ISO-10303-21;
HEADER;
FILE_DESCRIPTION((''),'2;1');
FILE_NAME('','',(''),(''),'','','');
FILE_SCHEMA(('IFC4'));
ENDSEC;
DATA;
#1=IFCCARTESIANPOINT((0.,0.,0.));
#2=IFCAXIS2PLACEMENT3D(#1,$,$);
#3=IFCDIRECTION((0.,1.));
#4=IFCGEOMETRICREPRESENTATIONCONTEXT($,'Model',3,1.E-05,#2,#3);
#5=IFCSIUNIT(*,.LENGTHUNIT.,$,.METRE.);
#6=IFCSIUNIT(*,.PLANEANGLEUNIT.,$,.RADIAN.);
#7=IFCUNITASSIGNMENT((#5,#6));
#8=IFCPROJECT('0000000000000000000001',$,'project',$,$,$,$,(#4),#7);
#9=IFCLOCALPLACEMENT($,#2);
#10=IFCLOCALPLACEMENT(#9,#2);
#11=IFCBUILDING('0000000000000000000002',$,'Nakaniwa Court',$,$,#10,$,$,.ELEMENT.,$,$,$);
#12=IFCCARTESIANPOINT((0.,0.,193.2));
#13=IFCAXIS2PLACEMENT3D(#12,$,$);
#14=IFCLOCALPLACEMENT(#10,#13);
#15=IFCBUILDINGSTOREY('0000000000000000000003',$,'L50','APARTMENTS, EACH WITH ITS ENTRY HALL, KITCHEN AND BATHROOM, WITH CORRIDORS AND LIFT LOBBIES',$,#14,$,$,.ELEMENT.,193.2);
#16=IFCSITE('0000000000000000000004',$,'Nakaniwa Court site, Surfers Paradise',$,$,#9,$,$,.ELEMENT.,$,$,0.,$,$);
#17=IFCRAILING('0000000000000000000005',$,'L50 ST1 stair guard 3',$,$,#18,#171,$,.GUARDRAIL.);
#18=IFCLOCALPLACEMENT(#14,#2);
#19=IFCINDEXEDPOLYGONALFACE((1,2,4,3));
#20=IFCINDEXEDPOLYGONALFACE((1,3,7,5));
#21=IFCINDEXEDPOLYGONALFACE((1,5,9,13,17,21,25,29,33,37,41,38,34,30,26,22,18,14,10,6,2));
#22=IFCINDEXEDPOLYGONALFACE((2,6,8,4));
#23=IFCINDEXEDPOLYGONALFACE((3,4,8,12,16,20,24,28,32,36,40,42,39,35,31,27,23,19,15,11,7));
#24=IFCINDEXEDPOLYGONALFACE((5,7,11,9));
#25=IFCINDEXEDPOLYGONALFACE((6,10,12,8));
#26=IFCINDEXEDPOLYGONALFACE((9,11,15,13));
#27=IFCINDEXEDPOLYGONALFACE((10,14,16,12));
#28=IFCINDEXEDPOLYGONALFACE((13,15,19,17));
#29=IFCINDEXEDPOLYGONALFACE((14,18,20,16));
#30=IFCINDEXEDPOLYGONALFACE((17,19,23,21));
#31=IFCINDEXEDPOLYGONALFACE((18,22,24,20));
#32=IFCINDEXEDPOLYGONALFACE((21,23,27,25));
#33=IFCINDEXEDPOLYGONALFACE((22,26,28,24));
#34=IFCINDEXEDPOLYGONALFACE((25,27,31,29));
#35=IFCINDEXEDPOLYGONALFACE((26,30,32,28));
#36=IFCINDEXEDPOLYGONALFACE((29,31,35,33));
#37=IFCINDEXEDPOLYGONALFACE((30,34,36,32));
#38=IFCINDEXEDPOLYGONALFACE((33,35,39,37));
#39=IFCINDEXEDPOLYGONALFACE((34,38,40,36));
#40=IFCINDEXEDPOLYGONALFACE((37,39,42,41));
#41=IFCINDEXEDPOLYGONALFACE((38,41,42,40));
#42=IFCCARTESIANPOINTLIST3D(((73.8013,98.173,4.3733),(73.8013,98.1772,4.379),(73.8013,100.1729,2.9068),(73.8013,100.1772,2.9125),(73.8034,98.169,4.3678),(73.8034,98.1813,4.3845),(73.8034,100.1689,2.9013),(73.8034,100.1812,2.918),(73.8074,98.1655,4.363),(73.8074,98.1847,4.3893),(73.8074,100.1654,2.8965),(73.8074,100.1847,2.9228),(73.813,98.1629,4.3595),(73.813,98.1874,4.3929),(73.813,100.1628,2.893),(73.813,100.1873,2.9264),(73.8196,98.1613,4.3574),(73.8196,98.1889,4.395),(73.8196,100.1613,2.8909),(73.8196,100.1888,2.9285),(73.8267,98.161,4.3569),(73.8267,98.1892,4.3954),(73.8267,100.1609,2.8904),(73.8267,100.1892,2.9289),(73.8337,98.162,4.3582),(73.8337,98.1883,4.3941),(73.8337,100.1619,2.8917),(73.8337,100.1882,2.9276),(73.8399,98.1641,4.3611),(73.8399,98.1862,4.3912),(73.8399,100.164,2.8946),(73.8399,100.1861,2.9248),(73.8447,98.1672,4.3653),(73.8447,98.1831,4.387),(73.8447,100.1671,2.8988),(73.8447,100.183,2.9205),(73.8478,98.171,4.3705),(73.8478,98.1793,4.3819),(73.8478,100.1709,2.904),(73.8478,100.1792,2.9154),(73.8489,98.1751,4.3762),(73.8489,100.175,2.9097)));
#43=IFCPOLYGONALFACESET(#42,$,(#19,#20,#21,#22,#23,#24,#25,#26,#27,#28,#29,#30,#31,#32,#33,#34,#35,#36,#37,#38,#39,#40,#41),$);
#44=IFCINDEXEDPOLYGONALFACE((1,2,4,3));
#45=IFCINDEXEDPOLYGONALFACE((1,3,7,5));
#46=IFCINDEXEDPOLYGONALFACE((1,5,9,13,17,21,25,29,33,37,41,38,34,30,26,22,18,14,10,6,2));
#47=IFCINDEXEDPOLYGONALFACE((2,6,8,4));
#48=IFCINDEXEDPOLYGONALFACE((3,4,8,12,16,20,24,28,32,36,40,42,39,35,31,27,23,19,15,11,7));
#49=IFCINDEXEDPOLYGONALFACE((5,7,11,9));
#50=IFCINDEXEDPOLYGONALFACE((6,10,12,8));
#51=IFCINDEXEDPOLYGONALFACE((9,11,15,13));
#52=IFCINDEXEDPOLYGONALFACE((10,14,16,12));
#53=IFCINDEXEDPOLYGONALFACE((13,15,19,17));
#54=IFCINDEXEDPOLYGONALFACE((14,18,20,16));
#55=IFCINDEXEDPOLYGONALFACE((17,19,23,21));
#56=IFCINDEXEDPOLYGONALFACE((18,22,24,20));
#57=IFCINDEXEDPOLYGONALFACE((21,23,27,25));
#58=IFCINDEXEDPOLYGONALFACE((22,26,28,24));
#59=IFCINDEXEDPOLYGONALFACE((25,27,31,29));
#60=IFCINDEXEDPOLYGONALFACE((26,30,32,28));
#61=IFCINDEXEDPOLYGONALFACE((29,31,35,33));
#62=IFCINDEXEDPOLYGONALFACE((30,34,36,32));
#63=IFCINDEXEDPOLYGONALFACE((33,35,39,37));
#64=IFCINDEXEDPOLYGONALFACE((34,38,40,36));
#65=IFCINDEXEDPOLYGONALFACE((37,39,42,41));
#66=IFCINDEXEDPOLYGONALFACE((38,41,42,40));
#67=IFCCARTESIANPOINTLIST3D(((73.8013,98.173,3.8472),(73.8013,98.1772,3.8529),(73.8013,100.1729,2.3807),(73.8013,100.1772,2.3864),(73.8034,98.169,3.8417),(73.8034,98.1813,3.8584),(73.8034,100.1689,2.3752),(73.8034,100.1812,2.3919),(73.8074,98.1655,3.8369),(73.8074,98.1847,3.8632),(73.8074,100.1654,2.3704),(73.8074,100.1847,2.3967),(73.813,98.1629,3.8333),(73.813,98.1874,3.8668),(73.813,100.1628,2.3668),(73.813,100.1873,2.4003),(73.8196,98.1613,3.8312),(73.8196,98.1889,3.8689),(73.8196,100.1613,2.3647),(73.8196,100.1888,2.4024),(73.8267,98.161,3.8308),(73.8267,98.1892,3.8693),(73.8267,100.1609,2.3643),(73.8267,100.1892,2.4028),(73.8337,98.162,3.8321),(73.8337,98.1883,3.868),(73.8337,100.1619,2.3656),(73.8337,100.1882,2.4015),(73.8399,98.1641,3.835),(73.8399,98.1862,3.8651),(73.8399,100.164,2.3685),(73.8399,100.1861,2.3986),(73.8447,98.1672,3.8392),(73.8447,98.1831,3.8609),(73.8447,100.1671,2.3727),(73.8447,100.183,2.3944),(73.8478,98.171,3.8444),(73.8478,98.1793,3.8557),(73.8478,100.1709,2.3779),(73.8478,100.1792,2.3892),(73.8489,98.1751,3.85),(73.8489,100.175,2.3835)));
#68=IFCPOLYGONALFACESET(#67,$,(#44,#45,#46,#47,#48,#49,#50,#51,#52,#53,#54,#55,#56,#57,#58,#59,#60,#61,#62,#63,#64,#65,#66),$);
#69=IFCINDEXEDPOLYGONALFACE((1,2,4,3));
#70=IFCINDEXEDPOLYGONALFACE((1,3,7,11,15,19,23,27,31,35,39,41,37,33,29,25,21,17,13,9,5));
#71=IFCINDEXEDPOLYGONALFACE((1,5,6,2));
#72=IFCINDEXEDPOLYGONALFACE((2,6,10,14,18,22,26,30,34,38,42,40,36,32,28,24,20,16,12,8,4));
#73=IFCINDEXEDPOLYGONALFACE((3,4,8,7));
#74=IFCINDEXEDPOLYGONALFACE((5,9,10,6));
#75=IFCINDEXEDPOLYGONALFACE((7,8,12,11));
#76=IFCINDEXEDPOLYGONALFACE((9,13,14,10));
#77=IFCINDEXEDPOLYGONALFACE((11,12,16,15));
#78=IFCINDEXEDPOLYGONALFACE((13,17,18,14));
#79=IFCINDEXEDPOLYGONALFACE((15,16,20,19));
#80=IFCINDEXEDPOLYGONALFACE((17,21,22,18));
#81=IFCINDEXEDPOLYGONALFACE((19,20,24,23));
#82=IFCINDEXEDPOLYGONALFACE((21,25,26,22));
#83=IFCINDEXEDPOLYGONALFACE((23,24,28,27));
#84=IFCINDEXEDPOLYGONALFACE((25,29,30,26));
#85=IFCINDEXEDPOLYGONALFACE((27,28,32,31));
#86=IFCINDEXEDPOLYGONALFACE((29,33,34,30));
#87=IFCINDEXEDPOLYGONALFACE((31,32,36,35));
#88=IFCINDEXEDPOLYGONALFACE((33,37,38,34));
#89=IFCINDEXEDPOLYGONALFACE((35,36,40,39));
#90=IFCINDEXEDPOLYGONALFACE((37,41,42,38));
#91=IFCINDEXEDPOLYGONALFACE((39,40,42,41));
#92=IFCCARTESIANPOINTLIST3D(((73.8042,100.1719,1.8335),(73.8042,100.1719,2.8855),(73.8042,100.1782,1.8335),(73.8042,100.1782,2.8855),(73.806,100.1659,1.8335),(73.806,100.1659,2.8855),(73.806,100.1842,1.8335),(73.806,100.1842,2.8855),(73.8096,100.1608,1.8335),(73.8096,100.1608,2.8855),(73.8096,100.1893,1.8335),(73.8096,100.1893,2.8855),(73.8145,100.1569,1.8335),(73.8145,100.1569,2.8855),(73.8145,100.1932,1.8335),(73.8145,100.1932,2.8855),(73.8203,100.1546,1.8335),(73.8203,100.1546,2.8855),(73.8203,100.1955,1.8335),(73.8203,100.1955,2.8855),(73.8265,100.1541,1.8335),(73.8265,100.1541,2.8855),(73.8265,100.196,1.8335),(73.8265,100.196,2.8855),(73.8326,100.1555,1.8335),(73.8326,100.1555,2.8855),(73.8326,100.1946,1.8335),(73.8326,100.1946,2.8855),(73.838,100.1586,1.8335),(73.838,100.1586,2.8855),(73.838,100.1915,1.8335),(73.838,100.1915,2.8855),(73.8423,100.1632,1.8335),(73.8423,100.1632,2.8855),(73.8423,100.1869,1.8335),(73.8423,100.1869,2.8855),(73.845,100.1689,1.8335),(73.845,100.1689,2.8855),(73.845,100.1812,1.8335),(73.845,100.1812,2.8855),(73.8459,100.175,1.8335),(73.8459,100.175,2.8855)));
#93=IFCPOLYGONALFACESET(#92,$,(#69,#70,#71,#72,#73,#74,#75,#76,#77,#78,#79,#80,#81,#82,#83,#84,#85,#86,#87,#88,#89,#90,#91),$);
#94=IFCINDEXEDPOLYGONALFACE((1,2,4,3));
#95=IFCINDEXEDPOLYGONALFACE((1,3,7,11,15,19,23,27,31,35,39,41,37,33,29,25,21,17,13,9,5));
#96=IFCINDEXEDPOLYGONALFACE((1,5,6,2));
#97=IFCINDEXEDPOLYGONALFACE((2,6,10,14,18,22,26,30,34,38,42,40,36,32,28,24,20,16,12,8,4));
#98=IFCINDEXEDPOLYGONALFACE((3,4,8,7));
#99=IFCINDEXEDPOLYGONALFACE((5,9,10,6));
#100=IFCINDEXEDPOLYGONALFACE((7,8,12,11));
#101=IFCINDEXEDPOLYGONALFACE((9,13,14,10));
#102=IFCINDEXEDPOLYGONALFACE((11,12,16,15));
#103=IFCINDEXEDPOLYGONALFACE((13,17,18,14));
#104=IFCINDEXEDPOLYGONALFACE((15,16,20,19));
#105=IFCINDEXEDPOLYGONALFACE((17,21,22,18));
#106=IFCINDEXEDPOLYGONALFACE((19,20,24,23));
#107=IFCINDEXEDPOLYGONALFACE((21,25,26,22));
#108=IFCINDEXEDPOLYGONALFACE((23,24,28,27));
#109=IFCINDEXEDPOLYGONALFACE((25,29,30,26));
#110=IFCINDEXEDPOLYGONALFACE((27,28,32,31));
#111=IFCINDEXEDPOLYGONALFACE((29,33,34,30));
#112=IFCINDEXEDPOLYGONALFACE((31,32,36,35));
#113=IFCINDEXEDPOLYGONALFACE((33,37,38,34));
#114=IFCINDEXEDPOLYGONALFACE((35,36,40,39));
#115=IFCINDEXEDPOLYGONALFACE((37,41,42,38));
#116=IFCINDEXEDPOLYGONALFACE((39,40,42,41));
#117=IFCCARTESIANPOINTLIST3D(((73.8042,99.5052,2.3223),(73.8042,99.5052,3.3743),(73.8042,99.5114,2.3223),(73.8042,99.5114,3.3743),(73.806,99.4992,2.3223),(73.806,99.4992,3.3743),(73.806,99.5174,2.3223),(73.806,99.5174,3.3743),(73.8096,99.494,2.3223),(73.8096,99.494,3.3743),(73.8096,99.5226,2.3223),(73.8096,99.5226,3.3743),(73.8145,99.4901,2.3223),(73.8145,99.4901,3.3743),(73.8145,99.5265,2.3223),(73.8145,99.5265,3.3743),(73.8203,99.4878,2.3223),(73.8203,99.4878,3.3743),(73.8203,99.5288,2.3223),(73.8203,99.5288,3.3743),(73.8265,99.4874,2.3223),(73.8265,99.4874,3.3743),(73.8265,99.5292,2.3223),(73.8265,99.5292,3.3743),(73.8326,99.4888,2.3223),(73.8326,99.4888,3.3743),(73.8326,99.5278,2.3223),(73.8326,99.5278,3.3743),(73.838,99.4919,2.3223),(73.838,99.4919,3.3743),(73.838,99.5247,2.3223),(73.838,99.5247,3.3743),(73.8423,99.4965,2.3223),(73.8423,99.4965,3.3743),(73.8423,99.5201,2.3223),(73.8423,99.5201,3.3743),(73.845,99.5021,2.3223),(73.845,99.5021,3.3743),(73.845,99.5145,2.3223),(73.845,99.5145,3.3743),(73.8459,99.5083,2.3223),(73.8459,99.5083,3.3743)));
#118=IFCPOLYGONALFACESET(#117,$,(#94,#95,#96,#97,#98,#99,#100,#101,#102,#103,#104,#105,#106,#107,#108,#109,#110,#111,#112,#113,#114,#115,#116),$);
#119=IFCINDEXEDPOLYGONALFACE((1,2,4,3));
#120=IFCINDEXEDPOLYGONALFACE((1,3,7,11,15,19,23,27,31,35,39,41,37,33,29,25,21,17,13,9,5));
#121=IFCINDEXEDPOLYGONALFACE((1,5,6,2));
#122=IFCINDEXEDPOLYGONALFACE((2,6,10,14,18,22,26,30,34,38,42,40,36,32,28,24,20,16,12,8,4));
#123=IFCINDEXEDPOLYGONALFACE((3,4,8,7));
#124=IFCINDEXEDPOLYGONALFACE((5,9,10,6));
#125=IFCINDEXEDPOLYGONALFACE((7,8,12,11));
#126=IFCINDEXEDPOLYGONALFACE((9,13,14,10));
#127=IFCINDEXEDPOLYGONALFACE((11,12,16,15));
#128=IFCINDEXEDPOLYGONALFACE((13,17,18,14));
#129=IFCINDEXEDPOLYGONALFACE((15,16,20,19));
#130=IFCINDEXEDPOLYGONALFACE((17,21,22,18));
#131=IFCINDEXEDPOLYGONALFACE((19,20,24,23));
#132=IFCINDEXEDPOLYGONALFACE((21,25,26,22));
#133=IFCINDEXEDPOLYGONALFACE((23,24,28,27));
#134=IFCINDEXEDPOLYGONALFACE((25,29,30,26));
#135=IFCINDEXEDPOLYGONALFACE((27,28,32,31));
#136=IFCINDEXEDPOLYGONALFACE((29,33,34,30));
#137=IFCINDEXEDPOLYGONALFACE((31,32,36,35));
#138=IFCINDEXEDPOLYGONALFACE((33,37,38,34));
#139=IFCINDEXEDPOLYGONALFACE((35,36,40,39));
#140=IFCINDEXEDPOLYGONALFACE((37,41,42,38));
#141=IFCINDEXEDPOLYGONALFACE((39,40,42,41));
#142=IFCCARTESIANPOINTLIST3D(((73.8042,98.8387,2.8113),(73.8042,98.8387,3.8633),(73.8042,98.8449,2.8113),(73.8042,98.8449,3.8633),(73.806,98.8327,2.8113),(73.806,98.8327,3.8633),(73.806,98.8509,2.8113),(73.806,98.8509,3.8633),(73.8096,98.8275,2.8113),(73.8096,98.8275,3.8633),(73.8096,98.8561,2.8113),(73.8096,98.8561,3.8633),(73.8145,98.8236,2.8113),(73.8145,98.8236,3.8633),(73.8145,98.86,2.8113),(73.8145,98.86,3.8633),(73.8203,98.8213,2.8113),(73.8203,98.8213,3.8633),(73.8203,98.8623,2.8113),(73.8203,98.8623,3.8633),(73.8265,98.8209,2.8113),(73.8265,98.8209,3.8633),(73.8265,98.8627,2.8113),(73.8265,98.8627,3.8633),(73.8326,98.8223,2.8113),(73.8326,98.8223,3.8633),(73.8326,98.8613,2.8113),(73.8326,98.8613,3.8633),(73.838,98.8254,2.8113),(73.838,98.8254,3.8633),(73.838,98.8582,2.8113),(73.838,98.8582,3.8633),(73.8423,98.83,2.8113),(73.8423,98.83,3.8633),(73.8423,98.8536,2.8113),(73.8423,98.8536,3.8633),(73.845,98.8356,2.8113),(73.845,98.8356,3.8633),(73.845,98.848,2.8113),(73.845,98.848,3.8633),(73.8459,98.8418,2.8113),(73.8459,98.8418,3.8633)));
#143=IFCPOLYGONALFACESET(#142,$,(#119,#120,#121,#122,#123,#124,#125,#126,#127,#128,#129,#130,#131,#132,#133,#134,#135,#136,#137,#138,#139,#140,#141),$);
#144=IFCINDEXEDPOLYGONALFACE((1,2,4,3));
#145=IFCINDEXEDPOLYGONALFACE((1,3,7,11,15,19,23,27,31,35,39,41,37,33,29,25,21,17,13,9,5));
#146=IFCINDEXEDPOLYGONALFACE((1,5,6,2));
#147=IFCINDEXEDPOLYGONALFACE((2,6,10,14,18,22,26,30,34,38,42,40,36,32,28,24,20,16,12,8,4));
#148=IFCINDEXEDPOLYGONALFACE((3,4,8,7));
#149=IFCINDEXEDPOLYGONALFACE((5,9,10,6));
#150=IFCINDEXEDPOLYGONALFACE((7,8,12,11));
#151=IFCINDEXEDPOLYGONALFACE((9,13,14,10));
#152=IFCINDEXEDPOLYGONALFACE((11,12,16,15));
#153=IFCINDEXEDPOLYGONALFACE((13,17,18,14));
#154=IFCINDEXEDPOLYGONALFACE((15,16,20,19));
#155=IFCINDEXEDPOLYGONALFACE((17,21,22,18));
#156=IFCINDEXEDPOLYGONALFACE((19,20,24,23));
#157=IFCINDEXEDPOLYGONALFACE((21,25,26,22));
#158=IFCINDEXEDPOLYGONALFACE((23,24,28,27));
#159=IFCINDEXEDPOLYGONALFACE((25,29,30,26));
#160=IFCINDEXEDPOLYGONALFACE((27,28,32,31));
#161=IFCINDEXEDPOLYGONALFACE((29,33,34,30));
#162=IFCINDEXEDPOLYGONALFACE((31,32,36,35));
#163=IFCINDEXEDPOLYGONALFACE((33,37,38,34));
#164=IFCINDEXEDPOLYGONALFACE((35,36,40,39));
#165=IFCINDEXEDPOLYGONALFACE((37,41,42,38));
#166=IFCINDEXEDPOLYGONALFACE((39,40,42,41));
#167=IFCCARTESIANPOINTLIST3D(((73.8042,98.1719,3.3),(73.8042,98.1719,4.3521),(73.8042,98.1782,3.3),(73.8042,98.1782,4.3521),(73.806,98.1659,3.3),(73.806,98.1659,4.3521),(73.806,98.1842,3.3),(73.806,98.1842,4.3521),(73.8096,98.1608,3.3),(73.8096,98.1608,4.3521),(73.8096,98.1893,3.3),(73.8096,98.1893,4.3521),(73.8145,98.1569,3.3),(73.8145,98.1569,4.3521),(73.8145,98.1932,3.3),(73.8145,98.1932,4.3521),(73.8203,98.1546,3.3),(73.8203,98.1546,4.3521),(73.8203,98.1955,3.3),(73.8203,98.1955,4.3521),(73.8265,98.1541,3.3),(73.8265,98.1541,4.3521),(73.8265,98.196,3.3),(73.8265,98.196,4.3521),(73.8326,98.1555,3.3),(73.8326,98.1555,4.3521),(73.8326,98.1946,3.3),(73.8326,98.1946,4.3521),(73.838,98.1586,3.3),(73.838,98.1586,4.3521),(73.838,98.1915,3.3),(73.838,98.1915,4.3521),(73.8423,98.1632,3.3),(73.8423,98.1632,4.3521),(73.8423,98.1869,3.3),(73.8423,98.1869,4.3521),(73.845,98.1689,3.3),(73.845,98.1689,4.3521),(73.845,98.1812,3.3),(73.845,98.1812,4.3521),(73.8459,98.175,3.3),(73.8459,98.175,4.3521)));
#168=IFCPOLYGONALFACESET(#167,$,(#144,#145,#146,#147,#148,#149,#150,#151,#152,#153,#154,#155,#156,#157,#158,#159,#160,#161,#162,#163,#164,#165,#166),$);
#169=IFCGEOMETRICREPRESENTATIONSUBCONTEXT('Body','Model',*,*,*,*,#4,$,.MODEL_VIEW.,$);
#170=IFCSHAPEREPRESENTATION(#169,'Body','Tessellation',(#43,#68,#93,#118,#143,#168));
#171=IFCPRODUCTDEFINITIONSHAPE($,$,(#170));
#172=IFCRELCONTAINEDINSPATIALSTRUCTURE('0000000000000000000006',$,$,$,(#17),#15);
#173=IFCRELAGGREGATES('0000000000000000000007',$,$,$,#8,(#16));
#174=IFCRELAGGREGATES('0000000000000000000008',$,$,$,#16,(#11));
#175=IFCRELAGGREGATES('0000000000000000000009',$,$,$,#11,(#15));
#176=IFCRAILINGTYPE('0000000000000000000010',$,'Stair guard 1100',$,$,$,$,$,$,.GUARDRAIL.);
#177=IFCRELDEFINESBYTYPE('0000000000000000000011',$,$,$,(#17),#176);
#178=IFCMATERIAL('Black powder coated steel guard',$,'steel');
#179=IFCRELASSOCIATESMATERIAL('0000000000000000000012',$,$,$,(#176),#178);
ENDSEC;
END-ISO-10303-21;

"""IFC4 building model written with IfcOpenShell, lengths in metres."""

from ifc_helpers import new_model, si_unit, direction, frame, origin, origin_2d, place, context, subcontext, project, spatial, circle, extrude, material, type_object, element, save


model = new_model("IFC4")

# Units and contexts
model_context = context("Model", 3, precision=1e-05, world=origin(), true_north=direction((0.0, 1.0)))
body_context = subcontext(model_context, "Body", "Model", "MODEL_VIEW")
ifc_project = project(units=[si_unit("LENGTHUNIT", "METRE"), si_unit("PLANEANGLEUNIT", "RADIAN")], contexts=[model_context])

# Site, building, storey
site_placement = place(None, origin())
site = spatial("IfcSite", under=ifc_project, at=site_placement, Name="Nakaniwa Court site, Surfers Paradise", CompositionType="ELEMENT", RefElevation=0.0)
building_placement = place(site_placement, origin())
building = spatial("IfcBuilding", under=site, at=building_placement, Name="Nakaniwa Court", CompositionType="ELEMENT")
storey_placement = place(building_placement, frame((0.0, 0.0, 193.2)))
storey = spatial("IfcBuildingStorey", under=building, at=storey_placement, Name="L50", Description="APARTMENTS, EACH WITH ITS ENTRY HALL, KITCHEN AND BATHROOM, WITH CORRIDORS AND LIFT LOBBIES", CompositionType="ELEMENT", Elevation=193.2)

# Railing
ifc_material_1 = material(Name="Black powder coated steel guard", Category="steel")
railing_type_1 = type_object("IfcRailingType", Name="Stair guard 1100", PredefinedType="GUARDRAIL", material=ifc_material_1)
railing_1_placement = place(storey_placement, frame((73.825, 100.175, 1.8335)))
element("IfcRailing", 1, at=railing_1_placement, inside=storey, type_object=railing_type_1, Name="L50 ST1 stair guard 3", PredefinedType="GUARDRAIL", context=body_context, shape_type="SweptSolid", body=[
    extrude(circle(Radius=0.0239, at=origin_2d()), frame((0.0, 0.0, 1.0762), z_axis=(0.0, -0.806427, 0.591334), x_axis=(1.0, 0.0, 0.0)), (0.0, 0.0, 1.0), 2.48),
    extrude(circle(Radius=0.0239, at=origin_2d()), frame((0.0, 0.0, 0.55), z_axis=(0.0, -0.806427, 0.591334), x_axis=(1.0, 0.0, 0.0)), (0.0, 0.0, 1.0), 2.48),
    extrude(circle(Radius=0.021, at=origin_2d()), origin(), (0.0, 0.0, 1.0), 1.052),
    extrude(circle(Radius=0.021, at=origin_2d()), frame((0.0, -0.6667, 0.4888)), (0.0, 0.0, 1.0), 1.052),
    extrude(circle(Radius=0.021, at=origin_2d()), frame((0.0, -1.3333, 0.9778)), (0.0, 0.0, 1.0), 1.052),
    extrude(circle(Radius=0.021, at=origin_2d()), frame((0.0, -2.0, 1.4666)), (0.0, 0.0, 1.0), 1.052),
])

save(model, "model.ifc")
